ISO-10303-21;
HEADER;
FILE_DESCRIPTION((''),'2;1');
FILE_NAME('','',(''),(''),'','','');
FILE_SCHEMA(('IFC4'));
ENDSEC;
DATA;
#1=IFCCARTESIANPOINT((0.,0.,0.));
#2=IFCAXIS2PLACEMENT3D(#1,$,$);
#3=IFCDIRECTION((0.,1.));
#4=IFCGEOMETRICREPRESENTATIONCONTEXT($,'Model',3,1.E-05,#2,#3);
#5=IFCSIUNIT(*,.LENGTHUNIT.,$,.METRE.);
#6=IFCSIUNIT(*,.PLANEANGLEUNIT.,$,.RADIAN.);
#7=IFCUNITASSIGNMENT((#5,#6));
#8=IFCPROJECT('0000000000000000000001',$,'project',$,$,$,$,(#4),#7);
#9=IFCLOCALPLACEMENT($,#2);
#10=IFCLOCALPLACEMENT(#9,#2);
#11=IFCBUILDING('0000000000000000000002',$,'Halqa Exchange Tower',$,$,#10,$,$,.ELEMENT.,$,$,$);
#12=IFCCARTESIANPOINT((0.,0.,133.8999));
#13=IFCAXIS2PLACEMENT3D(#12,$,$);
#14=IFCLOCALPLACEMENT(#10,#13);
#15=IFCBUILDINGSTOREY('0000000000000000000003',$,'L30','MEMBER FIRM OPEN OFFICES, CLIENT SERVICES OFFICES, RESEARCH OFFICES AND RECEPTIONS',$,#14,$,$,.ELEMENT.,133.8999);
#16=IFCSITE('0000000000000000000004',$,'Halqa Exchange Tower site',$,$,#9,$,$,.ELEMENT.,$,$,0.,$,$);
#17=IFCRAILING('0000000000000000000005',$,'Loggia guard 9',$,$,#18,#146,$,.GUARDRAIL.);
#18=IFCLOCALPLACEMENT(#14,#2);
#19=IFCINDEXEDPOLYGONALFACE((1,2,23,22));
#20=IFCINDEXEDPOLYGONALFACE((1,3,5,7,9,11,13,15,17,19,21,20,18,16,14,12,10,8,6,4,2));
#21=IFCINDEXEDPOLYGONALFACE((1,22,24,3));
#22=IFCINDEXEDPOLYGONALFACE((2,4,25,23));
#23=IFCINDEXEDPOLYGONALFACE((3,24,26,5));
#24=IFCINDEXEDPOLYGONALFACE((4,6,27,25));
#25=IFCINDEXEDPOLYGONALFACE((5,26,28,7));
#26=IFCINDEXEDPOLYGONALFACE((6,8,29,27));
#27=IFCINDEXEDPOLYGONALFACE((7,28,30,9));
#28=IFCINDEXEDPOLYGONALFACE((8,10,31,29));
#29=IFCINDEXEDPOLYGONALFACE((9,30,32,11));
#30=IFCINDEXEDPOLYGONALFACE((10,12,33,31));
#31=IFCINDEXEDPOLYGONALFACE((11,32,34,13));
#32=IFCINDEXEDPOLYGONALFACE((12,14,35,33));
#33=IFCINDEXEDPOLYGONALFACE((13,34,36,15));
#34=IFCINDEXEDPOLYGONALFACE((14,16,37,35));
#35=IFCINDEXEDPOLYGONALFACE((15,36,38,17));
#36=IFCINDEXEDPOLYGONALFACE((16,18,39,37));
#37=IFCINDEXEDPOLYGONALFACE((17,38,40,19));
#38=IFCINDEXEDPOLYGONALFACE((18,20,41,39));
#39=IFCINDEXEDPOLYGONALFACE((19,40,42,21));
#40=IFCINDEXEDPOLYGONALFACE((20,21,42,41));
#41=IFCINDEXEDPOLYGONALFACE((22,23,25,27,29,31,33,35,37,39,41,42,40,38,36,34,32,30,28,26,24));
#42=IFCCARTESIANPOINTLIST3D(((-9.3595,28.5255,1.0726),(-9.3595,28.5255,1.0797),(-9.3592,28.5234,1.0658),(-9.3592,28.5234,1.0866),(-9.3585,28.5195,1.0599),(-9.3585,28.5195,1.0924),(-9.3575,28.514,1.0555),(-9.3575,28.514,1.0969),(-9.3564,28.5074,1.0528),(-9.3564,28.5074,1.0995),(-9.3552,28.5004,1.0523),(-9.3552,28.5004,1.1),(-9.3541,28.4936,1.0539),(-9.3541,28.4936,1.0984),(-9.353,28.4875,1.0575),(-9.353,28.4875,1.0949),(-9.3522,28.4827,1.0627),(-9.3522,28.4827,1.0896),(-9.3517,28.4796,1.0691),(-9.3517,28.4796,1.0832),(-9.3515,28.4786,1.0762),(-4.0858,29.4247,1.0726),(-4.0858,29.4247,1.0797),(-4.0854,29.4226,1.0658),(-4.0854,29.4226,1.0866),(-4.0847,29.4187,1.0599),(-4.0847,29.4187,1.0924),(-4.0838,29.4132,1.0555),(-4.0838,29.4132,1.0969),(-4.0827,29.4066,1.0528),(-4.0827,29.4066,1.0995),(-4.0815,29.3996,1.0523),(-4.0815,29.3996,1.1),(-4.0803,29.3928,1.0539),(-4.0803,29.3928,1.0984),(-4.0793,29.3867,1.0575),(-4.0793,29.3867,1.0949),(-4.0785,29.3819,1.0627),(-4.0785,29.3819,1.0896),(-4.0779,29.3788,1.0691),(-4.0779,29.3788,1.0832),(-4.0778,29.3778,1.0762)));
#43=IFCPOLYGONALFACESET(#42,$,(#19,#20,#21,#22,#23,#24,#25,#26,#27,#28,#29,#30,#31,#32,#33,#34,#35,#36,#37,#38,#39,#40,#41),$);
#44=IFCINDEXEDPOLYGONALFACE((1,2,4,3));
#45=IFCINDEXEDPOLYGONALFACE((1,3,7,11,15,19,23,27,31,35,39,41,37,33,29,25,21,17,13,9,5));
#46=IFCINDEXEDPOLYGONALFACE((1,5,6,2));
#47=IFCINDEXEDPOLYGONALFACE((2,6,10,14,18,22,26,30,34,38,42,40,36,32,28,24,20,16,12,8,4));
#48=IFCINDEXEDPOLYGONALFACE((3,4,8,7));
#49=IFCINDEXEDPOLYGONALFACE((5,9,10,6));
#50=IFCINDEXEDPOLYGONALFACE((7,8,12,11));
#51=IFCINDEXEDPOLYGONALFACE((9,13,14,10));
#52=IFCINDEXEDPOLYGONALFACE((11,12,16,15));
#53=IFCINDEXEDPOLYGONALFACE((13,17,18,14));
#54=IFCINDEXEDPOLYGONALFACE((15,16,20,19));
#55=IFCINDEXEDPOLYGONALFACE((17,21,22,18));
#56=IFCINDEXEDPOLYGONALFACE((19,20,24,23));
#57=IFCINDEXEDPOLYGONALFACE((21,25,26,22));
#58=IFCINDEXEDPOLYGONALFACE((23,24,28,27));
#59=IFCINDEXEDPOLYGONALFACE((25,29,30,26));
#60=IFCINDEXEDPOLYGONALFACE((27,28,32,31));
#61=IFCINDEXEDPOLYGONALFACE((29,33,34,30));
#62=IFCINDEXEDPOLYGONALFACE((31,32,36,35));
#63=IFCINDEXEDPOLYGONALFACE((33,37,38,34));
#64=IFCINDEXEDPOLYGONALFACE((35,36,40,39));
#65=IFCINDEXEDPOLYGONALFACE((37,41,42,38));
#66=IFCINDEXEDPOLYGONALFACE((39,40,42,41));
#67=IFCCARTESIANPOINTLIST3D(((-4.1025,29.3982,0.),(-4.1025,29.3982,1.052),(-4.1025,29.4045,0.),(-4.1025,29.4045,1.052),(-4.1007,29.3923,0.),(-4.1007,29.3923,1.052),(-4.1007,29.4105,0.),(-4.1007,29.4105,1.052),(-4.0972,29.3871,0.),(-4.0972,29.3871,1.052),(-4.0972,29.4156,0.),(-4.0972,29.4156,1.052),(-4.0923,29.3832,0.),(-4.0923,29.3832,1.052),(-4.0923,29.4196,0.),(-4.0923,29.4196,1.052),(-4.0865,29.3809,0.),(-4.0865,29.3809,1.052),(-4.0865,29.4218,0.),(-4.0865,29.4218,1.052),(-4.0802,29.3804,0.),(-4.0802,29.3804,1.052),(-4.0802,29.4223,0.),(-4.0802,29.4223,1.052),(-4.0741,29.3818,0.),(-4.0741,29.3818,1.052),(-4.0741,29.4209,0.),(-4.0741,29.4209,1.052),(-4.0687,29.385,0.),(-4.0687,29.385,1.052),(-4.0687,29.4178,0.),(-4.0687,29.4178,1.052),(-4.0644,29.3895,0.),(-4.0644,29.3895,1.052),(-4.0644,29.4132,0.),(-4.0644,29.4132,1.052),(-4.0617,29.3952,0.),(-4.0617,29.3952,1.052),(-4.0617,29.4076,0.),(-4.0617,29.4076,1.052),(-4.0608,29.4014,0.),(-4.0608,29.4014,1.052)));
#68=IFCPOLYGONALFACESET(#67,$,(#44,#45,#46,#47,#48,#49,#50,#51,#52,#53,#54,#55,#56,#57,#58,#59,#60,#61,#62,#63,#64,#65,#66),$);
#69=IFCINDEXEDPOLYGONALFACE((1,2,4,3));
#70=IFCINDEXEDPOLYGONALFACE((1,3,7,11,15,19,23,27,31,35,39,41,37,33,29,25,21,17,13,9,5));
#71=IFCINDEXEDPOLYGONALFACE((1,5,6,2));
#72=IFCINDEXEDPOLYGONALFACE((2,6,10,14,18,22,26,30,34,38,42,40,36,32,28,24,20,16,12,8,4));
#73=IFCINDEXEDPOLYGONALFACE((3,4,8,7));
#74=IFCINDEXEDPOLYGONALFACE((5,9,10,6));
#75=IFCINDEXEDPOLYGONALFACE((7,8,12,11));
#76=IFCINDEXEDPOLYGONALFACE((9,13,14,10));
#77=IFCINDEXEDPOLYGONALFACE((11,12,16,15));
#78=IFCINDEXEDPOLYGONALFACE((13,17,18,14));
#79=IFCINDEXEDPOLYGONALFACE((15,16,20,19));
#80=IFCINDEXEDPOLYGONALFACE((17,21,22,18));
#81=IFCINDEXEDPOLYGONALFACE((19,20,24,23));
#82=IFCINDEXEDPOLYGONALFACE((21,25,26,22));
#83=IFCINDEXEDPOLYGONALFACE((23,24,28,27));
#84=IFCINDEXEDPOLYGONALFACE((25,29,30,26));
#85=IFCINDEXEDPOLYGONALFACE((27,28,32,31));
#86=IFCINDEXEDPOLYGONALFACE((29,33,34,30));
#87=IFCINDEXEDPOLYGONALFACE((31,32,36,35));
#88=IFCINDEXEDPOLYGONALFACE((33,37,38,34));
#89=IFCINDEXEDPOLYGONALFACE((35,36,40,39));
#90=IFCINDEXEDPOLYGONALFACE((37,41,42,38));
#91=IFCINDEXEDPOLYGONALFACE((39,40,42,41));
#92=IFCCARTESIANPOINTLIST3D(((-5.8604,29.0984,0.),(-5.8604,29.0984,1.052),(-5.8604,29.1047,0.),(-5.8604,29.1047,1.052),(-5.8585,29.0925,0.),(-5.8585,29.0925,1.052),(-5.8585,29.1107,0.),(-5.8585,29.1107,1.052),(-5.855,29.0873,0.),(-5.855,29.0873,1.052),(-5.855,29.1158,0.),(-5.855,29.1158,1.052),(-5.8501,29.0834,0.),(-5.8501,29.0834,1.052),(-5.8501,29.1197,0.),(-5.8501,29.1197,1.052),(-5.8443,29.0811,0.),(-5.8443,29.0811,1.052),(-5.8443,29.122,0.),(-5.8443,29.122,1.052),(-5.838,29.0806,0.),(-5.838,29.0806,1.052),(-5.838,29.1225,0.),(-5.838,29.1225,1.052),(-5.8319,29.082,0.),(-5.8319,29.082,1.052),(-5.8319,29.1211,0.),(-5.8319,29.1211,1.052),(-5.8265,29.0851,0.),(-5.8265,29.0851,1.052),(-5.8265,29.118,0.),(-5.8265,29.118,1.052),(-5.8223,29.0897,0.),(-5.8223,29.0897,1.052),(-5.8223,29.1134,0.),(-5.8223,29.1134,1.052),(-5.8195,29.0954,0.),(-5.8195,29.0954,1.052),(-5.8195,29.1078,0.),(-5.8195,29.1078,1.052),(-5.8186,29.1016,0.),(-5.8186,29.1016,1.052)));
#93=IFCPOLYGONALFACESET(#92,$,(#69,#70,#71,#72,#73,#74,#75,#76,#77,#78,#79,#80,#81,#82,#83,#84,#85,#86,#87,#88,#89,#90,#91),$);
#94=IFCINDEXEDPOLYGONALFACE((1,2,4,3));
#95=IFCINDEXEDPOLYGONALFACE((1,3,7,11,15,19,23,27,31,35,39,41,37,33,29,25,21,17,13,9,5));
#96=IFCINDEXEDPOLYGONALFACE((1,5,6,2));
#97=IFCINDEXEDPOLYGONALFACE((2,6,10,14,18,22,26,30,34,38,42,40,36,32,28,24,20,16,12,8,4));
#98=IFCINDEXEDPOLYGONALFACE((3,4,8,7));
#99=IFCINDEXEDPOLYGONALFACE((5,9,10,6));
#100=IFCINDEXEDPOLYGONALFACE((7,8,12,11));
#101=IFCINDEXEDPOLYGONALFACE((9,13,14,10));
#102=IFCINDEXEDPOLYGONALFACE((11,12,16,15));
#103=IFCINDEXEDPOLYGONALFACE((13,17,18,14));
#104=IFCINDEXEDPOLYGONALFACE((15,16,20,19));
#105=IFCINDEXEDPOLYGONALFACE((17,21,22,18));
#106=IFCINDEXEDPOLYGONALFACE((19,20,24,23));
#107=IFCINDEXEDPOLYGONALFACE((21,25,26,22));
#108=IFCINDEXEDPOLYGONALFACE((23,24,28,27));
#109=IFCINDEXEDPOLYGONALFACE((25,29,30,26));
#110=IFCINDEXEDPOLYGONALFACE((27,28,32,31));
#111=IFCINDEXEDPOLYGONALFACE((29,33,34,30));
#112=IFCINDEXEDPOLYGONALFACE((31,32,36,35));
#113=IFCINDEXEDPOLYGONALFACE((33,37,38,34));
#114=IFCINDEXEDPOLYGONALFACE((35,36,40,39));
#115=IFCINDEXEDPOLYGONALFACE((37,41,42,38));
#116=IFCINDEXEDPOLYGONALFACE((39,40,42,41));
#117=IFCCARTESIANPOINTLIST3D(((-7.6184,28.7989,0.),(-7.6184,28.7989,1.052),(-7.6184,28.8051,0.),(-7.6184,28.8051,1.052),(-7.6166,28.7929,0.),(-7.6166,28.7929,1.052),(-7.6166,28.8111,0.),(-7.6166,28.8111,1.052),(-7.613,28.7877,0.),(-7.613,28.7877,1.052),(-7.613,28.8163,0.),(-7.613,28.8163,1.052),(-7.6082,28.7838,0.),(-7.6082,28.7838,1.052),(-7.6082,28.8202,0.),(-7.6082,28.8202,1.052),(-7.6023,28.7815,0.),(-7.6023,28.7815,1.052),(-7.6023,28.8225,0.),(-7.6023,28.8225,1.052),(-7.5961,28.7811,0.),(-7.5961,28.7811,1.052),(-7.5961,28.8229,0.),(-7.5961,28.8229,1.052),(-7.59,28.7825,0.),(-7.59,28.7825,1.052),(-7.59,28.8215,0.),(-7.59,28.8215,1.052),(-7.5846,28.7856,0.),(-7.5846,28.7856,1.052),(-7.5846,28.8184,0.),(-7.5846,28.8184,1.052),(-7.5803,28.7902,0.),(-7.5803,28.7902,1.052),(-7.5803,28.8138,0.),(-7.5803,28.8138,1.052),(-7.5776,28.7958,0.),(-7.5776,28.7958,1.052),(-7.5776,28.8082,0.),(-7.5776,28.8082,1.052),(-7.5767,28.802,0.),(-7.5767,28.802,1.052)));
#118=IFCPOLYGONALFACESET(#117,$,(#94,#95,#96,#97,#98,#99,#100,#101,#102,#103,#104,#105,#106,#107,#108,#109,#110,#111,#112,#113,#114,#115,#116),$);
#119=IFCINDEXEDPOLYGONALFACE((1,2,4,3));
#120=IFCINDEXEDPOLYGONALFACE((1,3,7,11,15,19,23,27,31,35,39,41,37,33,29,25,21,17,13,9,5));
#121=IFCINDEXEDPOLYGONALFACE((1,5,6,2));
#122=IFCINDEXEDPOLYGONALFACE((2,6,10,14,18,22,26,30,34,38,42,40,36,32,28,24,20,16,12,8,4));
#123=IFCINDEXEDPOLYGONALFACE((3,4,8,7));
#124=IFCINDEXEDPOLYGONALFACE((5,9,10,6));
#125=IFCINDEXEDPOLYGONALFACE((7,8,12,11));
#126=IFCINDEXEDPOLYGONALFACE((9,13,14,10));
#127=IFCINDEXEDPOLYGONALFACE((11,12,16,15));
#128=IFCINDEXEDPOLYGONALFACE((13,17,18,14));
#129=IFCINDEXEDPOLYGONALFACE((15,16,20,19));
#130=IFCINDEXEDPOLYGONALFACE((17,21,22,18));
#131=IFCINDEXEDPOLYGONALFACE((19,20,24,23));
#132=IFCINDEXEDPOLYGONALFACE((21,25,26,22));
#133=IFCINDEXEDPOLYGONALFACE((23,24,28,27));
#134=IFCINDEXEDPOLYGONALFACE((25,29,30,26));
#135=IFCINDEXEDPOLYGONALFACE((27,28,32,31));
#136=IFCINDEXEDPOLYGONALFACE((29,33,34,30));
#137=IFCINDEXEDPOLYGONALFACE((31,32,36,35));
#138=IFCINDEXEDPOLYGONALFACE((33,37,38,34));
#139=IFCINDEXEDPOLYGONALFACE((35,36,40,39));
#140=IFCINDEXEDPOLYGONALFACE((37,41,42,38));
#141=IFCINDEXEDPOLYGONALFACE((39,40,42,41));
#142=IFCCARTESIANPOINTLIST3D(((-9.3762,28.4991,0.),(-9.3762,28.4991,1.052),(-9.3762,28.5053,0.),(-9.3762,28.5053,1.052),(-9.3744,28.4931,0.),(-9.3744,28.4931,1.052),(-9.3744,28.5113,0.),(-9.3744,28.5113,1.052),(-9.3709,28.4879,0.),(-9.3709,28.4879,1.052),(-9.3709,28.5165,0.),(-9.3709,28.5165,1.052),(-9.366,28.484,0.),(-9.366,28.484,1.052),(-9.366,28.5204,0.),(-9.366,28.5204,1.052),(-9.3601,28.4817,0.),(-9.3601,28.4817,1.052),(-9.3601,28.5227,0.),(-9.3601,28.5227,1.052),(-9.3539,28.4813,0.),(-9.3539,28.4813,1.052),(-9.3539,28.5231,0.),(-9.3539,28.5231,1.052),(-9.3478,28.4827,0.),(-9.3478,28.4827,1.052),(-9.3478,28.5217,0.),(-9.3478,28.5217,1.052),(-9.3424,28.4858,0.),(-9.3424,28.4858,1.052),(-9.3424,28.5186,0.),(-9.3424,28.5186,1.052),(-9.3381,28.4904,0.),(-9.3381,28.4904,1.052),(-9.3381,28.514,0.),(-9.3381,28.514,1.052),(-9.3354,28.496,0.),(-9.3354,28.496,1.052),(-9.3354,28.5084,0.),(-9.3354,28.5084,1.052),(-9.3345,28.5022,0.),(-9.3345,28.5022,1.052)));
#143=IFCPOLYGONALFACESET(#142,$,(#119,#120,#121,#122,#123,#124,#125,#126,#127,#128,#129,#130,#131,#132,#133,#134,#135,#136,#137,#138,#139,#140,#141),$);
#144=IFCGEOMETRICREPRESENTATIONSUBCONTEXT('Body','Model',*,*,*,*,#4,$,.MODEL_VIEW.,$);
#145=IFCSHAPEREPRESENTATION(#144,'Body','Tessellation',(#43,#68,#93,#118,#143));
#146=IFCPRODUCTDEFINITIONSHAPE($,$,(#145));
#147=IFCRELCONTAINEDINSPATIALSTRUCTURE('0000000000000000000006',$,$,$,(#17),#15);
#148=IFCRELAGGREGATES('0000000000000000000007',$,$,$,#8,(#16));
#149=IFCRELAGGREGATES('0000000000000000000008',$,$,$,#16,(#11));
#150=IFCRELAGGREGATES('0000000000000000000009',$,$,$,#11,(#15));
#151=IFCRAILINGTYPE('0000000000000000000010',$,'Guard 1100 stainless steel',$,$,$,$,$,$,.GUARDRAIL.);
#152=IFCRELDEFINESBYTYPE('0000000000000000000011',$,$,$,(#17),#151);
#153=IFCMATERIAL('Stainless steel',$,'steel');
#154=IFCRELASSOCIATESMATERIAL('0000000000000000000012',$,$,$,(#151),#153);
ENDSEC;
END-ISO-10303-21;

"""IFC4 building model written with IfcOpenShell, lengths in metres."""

from ifc_helpers import new_model, si_unit, direction, frame, origin, origin_2d, place, context, subcontext, project, spatial, circle, extrude, material, type_object, element, save


model = new_model("IFC4")

# Units and contexts
model_context = context("Model", 3, precision=1e-05, world=origin(), true_north=direction((0.0, 1.0)))
body_context = subcontext(model_context, "Body", "Model", "MODEL_VIEW")
ifc_project = project(units=[si_unit("LENGTHUNIT", "METRE"), si_unit("PLANEANGLEUNIT", "RADIAN")], contexts=[model_context])

# Site, building, storey
site_placement = place(None, origin())
site = spatial("IfcSite", under=ifc_project, at=site_placement, Name="Halqa Exchange Tower site", CompositionType="ELEMENT", RefElevation=0.0)
building_placement = place(site_placement, origin())
building = spatial("IfcBuilding", under=site, at=building_placement, Name="Halqa Exchange Tower", CompositionType="ELEMENT")
storey_placement = place(building_placement, frame((0.0, 0.0, 133.8999)))
storey = spatial("IfcBuildingStorey", under=building, at=storey_placement, Name="L30", Description="MEMBER FIRM OPEN OFFICES, CLIENT SERVICES OFFICES, RESEARCH OFFICES AND RECEPTIONS", CompositionType="ELEMENT", Elevation=133.8999)

# Railing
ifc_material_1 = material(Name="Stainless steel", Category="steel")
railing_type_1 = type_object("IfcRailingType", Name="Guard 1100 stainless steel", PredefinedType="GUARDRAIL", material=ifc_material_1)
railing_1_placement = place(storey_placement, frame((-4.0818, 29.4014, 0.0)))
element("IfcRailing", 1, at=railing_1_placement, inside=storey, type_object=railing_type_1, Name="Loggia guard 9", PredefinedType="GUARDRAIL", context=body_context, shape_type="SweptSolid", body=[
    extrude(circle(Radius=0.0239, at=origin_2d()), frame((0.0, 0.0, 1.0762), z_axis=(-0.985774, -0.168076, 0.0), x_axis=(0.168076, -0.985774, 0.0)), (0.0, 0.0, 1.0), 5.3499),
    extrude(circle(Radius=0.021, at=origin_2d()), origin(), (0.0, 0.0, 1.0), 1.052),
    extrude(circle(Radius=0.021, at=origin_2d()), frame((-1.7578, -0.2998, 0.0)), (0.0, 0.0, 1.0), 1.052),
    extrude(circle(Radius=0.021, at=origin_2d()), frame((-3.5159, -0.5994, 0.0)), (0.0, 0.0, 1.0), 1.052),
    extrude(circle(Radius=0.021, at=origin_2d()), frame((-5.2737, -0.8992, 0.0)), (0.0, 0.0, 1.0), 1.052),
])

save(model, "model.ifc")
